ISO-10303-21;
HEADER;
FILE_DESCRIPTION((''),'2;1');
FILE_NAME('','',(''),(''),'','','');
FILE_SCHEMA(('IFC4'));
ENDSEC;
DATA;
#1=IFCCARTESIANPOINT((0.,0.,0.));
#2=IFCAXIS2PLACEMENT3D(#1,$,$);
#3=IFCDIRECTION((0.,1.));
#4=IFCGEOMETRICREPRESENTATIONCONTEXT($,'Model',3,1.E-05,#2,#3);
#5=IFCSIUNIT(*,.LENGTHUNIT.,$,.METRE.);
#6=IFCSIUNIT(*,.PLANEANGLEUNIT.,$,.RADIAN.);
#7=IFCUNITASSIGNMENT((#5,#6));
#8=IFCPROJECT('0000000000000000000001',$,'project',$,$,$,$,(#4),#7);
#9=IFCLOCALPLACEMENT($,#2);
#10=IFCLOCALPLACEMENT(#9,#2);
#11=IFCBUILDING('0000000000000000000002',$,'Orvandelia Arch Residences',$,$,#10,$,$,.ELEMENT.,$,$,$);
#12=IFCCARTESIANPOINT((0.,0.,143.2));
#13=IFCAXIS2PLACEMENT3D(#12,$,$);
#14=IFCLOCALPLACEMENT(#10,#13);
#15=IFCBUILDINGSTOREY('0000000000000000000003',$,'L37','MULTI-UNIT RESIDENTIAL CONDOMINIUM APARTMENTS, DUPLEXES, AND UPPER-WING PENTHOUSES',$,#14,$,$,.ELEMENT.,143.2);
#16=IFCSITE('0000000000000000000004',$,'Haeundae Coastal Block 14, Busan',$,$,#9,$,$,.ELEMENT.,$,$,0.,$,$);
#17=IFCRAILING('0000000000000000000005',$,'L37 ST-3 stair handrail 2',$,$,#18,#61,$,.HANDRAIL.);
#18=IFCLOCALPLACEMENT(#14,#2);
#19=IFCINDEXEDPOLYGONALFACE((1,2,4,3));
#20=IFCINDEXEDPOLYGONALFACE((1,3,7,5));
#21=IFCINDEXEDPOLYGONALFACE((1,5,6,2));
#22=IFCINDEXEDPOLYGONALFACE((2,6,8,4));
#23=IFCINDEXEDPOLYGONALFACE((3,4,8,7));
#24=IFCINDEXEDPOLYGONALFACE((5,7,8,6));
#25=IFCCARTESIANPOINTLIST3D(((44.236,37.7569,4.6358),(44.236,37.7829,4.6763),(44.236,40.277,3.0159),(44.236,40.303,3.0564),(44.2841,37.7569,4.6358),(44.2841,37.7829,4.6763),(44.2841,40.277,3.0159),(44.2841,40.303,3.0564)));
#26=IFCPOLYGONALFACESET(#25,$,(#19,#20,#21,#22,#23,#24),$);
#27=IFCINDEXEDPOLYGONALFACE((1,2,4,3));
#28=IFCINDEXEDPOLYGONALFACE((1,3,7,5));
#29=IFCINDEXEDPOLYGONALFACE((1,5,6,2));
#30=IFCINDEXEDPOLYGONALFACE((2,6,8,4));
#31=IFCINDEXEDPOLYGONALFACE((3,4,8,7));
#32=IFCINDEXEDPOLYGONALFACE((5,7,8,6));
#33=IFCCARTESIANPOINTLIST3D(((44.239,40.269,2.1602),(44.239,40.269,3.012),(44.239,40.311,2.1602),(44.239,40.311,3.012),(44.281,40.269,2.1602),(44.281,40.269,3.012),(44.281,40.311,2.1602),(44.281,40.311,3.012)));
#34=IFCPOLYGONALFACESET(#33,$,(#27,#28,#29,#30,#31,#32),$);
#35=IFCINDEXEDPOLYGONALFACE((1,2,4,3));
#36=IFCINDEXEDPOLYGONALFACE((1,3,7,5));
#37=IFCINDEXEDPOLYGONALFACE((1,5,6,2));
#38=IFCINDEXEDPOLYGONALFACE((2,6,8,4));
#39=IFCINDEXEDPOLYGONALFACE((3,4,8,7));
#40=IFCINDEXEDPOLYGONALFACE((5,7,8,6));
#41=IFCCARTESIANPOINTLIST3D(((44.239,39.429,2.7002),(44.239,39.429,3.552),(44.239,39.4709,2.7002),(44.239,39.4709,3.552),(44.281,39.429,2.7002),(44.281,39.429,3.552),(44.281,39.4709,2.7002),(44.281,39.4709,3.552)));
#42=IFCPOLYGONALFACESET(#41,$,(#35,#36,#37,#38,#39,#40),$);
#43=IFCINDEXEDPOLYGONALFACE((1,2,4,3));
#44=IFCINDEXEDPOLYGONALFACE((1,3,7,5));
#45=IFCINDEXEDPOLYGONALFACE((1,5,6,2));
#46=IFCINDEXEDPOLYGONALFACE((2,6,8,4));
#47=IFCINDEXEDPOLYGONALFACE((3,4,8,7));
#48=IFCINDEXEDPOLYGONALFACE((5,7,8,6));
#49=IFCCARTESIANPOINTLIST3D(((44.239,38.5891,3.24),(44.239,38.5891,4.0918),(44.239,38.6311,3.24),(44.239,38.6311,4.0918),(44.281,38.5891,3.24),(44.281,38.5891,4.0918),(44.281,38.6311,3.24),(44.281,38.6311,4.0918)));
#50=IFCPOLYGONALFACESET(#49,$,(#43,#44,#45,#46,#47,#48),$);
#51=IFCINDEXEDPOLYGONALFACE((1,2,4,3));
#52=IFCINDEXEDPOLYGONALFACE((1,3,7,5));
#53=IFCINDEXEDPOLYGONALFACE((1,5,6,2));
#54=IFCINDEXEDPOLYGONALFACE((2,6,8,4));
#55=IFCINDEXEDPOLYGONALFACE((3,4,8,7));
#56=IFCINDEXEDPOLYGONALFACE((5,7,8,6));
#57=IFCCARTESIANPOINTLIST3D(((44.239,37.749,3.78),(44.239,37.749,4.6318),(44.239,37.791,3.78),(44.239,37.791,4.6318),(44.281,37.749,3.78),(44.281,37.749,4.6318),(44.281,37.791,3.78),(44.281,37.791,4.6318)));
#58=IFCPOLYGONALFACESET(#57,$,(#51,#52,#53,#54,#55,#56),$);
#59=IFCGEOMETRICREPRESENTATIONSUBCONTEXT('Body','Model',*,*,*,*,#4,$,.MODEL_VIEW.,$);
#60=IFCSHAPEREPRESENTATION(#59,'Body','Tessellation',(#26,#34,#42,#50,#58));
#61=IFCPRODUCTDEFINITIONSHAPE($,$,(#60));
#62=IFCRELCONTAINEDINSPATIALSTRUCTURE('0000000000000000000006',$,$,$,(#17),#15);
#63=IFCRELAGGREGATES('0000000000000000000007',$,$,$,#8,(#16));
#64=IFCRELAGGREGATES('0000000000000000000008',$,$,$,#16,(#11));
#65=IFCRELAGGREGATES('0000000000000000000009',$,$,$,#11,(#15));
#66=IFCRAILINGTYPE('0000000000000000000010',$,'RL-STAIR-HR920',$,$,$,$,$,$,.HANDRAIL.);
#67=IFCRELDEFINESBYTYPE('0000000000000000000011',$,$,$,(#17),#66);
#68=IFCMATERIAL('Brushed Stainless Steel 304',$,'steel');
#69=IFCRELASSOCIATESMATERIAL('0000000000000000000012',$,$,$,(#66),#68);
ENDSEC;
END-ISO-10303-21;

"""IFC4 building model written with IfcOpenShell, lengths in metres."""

from ifc_helpers import new_model, si_unit, direction, frame, origin, origin_2d, place, context, subcontext, project, spatial, rectangle, extrude, material, type_object, element, save


model = new_model("IFC4")

# Units and contexts
model_context = context("Model", 3, precision=1e-05, world=origin(), true_north=direction((0.0, 1.0)))
body_context = subcontext(model_context, "Body", "Model", "MODEL_VIEW")
ifc_project = project(units=[si_unit("LENGTHUNIT", "METRE"), si_unit("PLANEANGLEUNIT", "RADIAN")], contexts=[model_context])

# Site, building, storey
site_placement = place(None, origin())
site = spatial("IfcSite", under=ifc_project, at=site_placement, Name="Haeundae Coastal Block 14, Busan", CompositionType="ELEMENT", RefElevation=0.0)
building_placement = place(site_placement, origin())
building = spatial("IfcBuilding", under=site, at=building_placement, Name="Orvandelia Arch Residences", CompositionType="ELEMENT")
storey_placement = place(building_placement, frame((0.0, 0.0, 143.2)))
storey = spatial("IfcBuildingStorey", under=building, at=storey_placement, Name="L37", Description="MULTI-UNIT RESIDENTIAL CONDOMINIUM APARTMENTS, DUPLEXES, AND UPPER-WING PENTHOUSES", CompositionType="ELEMENT", Elevation=143.2)

# Railing
ifc_material_1 = material(Name="Brushed Stainless Steel 304", Category="steel")
railing_type_1 = type_object("IfcRailingType", Name="RL-STAIR-HR920", PredefinedType="HANDRAIL", material=ifc_material_1)
railing_1_placement = place(storey_placement, frame((44.26, 40.29, 2.1602)))
element("IfcRailing", 1, at=railing_1_placement, inside=storey, type_object=railing_type_1, Name="L37 ST-3 stair handrail 2", PredefinedType="HANDRAIL", context=body_context, shape_type="SweptSolid", body=[
    extrude(rectangle(XDim=0.0481, YDim=0.0481, at=origin_2d()), frame((0.0, 0.0, 0.876), z_axis=(0.0, -0.8412, 0.540725), x_axis=(1.0, 0.0, 0.0)), (0.0, 0.0, 1.0), 2.9958),
    extrude(rectangle(XDim=0.042, YDim=0.042, at=origin_2d()), origin(), (0.0, 0.0, 1.0), 0.8518),
    extrude(rectangle(XDim=0.042, YDim=0.042, at=origin_2d()), frame((0.0, -0.8401, 0.54)), (0.0, 0.0, 1.0), 0.8518),
    extrude(rectangle(XDim=0.042, YDim=0.042, at=origin_2d()), frame((0.0, -1.6799, 1.0798)), (0.0, 0.0, 1.0), 0.8518),
    extrude(rectangle(XDim=0.042, YDim=0.042, at=origin_2d()), frame((0.0, -2.52, 1.6199)), (0.0, 0.0, 1.0), 0.8518),
])

save(model, "model.ifc")
